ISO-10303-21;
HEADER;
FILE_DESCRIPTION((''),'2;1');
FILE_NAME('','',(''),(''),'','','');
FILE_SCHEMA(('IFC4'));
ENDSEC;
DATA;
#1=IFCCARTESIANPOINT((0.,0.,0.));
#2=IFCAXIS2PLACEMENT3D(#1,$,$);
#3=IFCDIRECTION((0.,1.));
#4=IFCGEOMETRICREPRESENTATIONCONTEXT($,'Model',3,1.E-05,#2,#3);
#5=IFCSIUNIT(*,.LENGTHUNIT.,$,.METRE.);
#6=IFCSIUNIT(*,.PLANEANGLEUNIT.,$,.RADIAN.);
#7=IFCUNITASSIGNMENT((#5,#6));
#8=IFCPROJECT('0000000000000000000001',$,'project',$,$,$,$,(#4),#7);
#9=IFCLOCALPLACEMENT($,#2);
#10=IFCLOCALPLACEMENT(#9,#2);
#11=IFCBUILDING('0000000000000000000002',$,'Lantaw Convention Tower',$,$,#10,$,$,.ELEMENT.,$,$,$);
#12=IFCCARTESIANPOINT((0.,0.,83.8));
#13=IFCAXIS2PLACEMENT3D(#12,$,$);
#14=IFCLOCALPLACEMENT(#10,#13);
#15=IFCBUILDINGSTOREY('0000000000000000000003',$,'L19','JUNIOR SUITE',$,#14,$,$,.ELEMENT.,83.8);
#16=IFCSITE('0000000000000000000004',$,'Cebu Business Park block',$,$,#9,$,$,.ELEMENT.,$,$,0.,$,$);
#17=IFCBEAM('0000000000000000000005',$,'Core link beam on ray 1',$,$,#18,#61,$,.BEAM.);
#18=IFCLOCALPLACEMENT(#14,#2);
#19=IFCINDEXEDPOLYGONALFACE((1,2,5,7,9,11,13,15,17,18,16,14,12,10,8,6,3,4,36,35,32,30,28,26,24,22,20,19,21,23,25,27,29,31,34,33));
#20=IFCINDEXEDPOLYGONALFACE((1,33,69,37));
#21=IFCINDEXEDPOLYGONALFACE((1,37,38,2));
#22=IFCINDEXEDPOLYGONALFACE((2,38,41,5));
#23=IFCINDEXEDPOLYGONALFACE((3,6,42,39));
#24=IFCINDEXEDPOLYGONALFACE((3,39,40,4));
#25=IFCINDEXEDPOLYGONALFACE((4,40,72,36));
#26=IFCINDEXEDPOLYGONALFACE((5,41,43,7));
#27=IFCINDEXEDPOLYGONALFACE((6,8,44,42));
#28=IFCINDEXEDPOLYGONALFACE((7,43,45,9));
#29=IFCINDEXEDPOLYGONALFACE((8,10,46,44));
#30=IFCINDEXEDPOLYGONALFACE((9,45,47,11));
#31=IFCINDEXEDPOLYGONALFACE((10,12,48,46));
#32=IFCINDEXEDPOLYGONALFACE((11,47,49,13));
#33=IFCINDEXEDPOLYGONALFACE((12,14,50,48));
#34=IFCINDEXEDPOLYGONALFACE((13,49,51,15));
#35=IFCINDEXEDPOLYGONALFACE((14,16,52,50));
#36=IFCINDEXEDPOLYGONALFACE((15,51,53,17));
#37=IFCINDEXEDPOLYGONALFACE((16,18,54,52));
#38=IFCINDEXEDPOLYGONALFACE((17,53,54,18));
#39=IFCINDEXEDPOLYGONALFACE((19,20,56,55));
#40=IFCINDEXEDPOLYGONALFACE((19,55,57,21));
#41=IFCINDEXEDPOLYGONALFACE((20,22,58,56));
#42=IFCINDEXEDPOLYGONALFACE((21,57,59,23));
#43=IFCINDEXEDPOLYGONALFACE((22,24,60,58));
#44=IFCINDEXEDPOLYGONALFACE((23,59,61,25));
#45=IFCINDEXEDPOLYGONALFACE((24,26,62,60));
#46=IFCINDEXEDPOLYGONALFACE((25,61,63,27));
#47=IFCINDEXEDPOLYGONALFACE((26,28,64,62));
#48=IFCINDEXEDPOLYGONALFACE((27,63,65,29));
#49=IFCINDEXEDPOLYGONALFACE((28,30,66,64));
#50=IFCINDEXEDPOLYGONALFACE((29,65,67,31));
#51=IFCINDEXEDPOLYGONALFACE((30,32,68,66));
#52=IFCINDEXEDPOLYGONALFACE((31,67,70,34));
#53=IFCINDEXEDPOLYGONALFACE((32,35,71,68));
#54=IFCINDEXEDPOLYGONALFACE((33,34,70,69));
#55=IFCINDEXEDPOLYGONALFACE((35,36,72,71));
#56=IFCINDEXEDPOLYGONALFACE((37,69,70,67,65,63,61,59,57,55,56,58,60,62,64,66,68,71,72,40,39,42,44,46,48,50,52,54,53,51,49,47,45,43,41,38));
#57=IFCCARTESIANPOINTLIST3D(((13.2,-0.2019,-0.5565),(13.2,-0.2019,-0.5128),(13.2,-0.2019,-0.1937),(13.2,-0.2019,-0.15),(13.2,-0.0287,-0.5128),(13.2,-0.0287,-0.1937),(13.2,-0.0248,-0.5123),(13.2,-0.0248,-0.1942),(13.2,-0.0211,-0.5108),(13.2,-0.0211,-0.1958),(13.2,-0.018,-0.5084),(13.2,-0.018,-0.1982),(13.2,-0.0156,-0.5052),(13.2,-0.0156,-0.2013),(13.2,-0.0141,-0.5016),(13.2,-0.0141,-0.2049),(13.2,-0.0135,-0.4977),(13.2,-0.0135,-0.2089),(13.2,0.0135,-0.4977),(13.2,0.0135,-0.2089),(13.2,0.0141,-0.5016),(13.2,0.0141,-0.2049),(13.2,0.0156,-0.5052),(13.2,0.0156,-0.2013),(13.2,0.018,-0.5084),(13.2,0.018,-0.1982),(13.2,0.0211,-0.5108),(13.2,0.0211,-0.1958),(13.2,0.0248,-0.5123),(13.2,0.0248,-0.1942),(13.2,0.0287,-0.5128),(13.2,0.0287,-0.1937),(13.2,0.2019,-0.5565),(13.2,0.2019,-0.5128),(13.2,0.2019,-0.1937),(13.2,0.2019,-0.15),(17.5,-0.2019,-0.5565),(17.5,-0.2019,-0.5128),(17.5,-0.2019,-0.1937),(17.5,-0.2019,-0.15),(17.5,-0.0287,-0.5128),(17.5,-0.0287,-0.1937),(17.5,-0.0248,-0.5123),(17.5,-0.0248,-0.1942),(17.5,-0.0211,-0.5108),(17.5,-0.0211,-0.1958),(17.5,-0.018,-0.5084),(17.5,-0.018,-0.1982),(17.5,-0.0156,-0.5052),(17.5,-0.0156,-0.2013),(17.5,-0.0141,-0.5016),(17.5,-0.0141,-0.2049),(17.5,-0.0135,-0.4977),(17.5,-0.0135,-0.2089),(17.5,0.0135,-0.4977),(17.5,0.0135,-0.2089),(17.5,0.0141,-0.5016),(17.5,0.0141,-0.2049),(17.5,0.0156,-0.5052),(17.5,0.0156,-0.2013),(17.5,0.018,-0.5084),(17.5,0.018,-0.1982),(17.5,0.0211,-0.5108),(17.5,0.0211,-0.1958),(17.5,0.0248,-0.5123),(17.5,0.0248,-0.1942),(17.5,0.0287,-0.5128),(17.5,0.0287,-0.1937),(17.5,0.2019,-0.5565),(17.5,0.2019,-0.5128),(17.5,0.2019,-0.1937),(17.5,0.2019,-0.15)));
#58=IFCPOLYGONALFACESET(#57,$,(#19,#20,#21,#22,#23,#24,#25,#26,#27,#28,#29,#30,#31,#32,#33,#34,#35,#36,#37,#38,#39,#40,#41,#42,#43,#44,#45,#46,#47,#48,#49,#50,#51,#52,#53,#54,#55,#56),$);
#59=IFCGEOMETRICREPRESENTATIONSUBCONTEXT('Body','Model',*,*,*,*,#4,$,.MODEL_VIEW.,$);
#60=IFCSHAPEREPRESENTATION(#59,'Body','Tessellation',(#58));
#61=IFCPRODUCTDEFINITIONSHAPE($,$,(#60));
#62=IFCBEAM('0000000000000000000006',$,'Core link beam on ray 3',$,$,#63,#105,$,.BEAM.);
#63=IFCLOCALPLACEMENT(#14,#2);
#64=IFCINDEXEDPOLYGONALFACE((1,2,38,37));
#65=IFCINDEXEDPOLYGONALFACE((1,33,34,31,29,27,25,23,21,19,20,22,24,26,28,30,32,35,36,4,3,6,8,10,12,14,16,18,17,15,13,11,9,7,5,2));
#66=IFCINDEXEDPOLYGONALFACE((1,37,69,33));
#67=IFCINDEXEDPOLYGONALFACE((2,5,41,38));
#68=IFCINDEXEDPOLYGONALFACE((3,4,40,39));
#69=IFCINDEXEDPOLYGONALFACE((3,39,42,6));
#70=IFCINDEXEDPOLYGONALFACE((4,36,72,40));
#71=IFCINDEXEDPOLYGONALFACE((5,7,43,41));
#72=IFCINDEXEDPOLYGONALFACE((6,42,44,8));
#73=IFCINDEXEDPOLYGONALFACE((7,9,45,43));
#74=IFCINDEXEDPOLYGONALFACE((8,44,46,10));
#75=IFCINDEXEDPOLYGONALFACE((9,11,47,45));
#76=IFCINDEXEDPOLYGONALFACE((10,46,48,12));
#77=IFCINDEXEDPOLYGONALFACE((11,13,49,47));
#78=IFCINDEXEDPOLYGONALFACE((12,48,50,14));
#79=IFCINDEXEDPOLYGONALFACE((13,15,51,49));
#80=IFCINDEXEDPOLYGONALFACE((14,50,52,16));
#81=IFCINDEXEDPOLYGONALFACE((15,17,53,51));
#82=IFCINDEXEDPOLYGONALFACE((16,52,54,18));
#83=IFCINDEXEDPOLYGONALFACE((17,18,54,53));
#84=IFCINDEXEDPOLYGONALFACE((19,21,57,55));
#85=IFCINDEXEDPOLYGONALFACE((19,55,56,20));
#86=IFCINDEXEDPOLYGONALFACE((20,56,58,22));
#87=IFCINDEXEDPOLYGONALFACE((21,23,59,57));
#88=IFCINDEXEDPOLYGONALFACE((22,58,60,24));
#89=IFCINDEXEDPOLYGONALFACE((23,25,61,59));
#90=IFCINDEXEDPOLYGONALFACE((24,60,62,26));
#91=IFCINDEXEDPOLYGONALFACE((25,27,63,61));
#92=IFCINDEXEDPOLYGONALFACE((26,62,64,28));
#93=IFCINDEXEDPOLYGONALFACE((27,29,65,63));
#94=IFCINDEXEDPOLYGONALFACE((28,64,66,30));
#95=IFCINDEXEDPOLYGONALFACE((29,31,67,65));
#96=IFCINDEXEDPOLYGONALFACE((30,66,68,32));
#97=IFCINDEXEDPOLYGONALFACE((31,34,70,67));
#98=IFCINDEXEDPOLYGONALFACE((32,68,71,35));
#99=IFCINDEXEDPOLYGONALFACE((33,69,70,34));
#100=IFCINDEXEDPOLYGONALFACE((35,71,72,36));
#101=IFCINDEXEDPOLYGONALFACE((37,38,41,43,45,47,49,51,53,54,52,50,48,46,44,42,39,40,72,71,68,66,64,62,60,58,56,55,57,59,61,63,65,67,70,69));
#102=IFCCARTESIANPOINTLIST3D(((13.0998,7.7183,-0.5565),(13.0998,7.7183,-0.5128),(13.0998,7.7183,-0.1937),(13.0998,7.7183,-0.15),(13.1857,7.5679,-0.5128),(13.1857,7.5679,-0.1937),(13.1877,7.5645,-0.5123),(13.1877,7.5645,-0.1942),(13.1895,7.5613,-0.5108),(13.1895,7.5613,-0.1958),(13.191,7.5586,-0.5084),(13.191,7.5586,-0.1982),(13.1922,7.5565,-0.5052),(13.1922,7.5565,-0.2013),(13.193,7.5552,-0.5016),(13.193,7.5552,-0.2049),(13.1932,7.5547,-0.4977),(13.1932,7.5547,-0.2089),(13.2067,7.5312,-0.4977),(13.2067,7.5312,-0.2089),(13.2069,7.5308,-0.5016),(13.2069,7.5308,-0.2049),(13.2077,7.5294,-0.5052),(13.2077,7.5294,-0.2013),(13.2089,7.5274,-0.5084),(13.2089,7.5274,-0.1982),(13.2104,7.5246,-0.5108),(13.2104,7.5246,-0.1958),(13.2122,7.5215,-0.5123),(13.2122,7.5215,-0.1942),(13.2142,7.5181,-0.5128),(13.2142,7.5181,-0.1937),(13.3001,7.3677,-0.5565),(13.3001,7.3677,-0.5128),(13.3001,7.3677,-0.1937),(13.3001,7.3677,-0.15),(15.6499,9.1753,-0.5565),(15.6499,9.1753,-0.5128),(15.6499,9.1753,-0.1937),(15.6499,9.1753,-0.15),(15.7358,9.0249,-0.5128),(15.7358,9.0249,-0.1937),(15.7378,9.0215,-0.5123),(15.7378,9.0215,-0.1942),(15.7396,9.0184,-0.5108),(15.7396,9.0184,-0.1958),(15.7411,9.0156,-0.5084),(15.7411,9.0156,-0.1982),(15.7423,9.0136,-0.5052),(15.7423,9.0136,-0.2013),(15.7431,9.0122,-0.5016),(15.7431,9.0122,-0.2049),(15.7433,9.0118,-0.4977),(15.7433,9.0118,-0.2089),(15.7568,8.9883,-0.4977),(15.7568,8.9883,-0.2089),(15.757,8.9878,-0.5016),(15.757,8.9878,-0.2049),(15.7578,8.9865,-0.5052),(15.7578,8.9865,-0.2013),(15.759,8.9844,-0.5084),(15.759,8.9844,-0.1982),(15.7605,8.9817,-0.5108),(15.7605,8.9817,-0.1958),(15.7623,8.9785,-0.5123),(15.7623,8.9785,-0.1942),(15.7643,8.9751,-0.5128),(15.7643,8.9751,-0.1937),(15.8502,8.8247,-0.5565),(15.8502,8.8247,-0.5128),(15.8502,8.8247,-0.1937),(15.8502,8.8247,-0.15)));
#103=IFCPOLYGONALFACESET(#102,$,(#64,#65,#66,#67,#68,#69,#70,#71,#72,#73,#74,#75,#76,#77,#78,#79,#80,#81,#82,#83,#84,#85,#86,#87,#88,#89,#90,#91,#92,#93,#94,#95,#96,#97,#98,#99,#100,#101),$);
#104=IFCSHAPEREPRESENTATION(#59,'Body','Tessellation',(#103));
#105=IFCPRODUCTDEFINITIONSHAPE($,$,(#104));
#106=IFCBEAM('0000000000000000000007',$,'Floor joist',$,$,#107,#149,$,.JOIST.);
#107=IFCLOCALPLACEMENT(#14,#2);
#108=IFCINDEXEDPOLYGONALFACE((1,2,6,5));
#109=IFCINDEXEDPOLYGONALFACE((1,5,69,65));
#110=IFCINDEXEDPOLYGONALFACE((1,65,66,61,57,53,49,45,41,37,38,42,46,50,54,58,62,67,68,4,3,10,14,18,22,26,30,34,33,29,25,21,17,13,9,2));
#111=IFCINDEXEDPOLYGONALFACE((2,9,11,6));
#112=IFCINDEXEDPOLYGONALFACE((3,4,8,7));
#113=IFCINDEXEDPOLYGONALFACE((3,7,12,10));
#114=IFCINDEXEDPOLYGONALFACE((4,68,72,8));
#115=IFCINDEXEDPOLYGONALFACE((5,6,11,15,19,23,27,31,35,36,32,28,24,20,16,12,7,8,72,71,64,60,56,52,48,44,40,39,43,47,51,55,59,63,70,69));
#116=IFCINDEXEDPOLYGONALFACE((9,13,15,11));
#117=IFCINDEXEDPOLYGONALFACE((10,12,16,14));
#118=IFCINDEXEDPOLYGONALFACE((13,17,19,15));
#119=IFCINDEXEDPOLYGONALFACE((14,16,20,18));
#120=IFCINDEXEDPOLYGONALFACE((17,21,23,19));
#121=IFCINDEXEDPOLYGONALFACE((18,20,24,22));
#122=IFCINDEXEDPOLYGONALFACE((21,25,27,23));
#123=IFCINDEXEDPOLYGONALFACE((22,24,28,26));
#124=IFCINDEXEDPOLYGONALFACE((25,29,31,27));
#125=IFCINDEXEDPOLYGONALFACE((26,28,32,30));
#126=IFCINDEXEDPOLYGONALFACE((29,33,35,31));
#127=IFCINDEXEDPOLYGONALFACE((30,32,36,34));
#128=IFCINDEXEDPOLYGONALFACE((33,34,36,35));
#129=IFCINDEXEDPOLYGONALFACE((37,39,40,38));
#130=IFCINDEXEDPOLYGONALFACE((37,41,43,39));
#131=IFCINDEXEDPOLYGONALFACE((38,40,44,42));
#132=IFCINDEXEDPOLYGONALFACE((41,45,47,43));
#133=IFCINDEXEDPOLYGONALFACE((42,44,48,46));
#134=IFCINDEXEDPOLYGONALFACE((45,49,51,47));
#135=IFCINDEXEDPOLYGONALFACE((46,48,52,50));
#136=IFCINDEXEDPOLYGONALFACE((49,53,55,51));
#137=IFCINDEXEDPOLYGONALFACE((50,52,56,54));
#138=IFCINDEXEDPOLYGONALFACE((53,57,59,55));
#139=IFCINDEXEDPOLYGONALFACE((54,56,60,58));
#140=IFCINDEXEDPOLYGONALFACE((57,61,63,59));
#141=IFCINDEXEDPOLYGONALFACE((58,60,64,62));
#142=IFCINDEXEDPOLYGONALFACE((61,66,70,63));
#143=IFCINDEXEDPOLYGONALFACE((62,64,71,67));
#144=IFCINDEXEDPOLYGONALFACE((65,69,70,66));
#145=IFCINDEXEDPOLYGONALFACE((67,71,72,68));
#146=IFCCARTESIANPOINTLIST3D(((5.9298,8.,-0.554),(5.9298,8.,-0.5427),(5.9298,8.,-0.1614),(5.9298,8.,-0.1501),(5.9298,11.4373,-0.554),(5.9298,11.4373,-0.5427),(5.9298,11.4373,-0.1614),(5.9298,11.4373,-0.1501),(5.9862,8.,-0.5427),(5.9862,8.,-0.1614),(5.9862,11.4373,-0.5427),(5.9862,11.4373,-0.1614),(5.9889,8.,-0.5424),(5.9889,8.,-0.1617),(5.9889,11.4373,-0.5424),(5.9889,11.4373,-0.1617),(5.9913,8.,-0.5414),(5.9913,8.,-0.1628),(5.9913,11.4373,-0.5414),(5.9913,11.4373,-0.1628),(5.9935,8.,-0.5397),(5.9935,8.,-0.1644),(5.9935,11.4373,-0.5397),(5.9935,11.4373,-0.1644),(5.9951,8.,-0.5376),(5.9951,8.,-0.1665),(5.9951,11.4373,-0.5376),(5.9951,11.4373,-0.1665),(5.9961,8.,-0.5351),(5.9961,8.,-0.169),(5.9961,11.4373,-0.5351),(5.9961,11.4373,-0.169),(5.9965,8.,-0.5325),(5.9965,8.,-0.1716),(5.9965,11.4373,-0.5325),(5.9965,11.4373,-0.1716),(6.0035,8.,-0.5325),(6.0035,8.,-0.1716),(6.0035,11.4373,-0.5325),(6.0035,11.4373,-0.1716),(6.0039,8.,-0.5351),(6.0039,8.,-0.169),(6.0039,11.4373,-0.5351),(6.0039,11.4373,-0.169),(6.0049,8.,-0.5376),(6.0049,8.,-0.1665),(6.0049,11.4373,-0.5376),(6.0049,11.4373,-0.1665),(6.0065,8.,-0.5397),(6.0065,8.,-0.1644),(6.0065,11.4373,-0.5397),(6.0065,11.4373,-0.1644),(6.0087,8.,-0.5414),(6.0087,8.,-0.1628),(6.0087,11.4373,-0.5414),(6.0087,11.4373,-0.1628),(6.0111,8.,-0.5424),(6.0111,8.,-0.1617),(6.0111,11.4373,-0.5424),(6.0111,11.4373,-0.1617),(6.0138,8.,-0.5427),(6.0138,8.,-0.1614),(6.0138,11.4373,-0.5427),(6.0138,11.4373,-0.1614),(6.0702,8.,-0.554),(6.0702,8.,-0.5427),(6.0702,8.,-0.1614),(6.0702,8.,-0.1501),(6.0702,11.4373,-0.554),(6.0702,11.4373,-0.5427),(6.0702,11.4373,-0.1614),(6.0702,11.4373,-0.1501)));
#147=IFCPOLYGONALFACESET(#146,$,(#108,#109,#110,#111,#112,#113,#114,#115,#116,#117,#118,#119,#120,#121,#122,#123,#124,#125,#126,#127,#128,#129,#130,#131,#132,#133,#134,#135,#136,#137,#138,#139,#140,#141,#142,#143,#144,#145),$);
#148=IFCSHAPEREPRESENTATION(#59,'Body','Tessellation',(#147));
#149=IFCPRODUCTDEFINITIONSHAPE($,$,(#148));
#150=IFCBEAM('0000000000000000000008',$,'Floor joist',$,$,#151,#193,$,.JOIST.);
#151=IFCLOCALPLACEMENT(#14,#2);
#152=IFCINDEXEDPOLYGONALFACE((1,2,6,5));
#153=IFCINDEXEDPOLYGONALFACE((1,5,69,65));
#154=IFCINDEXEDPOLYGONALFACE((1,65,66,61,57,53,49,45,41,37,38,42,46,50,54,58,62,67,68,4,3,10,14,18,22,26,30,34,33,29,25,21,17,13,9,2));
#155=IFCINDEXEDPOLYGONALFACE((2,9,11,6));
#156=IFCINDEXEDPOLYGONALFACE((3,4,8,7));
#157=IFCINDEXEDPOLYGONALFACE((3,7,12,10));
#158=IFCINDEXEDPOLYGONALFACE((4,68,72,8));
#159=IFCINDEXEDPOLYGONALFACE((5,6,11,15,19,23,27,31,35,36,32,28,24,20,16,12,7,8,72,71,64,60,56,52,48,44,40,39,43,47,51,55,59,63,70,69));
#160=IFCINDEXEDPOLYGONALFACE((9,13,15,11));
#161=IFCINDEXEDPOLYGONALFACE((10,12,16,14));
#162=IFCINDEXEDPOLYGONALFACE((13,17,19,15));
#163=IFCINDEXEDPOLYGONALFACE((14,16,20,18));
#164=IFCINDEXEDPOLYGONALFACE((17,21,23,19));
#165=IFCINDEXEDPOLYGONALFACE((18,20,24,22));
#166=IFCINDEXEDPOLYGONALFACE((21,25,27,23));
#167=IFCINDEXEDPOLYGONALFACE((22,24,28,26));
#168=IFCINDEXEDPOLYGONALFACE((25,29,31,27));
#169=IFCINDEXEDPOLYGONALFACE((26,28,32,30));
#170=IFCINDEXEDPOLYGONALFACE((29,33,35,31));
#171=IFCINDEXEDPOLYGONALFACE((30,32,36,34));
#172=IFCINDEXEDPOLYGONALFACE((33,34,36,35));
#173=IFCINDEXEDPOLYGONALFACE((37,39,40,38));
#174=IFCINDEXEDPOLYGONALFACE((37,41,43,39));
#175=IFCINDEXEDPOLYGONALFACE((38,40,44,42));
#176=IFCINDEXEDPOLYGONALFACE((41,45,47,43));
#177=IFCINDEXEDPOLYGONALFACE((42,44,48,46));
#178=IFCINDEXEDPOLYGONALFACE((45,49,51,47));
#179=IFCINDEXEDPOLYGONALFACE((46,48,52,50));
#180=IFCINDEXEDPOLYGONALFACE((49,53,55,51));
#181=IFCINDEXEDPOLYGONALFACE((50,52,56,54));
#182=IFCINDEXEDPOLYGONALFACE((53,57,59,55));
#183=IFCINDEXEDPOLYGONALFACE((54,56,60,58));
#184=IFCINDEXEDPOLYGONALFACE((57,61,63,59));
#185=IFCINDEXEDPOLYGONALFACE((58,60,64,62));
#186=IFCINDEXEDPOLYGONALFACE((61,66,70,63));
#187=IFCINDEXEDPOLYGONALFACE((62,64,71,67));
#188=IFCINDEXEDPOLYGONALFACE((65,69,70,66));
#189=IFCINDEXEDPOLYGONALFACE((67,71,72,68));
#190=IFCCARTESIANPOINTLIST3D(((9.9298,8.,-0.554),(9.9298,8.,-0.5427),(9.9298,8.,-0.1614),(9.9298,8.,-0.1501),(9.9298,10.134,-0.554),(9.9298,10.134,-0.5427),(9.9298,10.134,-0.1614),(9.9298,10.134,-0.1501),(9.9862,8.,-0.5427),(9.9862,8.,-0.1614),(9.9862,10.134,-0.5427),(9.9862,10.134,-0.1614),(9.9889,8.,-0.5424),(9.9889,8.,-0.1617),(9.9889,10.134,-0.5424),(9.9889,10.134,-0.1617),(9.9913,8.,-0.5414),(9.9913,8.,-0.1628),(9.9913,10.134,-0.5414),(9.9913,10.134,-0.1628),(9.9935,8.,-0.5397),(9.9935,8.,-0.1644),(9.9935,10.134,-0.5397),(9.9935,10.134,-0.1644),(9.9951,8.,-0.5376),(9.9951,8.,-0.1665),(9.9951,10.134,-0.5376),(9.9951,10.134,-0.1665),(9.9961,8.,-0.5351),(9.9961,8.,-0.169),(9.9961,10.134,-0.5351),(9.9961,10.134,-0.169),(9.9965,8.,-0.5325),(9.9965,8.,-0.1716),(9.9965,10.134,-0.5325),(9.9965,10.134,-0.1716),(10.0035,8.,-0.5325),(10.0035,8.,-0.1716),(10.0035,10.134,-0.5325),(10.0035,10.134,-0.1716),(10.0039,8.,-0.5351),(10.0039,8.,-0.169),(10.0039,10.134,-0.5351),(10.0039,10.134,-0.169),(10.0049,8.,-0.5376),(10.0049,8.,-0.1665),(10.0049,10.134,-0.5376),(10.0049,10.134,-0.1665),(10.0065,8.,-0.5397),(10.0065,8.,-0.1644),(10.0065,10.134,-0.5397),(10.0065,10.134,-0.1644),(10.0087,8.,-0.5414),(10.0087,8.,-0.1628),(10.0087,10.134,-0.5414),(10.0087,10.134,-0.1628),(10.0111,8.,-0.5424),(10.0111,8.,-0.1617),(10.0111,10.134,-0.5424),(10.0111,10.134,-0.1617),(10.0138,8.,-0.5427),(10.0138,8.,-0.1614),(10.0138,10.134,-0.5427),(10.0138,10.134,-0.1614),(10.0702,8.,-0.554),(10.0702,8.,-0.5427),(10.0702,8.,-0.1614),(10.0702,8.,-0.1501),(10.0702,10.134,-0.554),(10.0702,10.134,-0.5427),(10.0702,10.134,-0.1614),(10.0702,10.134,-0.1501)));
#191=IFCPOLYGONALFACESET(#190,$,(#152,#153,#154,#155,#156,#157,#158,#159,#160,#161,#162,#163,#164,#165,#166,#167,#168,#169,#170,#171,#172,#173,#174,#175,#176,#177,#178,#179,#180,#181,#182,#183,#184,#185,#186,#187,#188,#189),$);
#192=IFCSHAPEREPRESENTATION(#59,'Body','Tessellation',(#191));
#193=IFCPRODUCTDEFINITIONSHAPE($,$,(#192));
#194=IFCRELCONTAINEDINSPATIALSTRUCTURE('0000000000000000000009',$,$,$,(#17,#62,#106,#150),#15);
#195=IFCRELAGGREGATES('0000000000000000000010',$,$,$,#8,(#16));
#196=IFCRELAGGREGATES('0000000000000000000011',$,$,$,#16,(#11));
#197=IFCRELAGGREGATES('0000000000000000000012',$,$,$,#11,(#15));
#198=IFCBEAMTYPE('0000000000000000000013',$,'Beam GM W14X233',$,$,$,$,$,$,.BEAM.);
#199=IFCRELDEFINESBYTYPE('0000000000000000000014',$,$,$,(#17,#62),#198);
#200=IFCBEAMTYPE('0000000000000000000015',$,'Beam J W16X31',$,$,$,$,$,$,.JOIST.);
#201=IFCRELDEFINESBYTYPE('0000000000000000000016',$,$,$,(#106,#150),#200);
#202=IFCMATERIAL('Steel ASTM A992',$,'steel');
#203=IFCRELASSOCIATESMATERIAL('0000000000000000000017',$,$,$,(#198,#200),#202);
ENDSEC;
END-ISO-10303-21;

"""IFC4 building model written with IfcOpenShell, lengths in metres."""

from ifc_helpers import new_model, si_unit, direction, frame, origin, origin_2d, place, context, subcontext, project, spatial, i_section, extrude, material, material_profile, profile_set, type_object, element, save


model = new_model("IFC4")

# Units and contexts
model_context = context("Model", 3, precision=1e-05, world=origin(), true_north=direction((0.0, 1.0)))
body_context = subcontext(model_context, "Body", "Model", "MODEL_VIEW")
ifc_project = project(units=[si_unit("LENGTHUNIT", "METRE"), si_unit("PLANEANGLEUNIT", "RADIAN")], contexts=[model_context])

# Site, building, storey
site_placement = place(None, origin())
site = spatial("IfcSite", under=ifc_project, at=site_placement, Name="Cebu Business Park block", CompositionType="ELEMENT", RefElevation=0.0)
building_placement = place(site_placement, origin())
building = spatial("IfcBuilding", under=site, at=building_placement, Name="Lantaw Convention Tower", CompositionType="ELEMENT")
storey_placement = place(building_placement, frame((0.0, 0.0, 83.8)))
storey = spatial("IfcBuildingStorey", under=building, at=storey_placement, Name="L19", Description="JUNIOR SUITE", CompositionType="ELEMENT", Elevation=83.8)

# Beams
ifc_material_1 = material(Name="Steel ASTM A992", Category="steel")
ifc_material_profile_1 = material_profile(ifc_material_1, i_section(OverallWidth=0.4038, OverallDepth=0.4065, WebThickness=0.0271, FlangeThickness=0.0437, FilletRadius=0.0151, at=origin_2d()), Name="W14X233")
ifc_profile_set_1 = profile_set([ifc_material_profile_1], Name="Steel ASTM A992")
beam_type_1 = type_object("IfcBeamType", Name="Beam GM W14X233", PredefinedType="BEAM", material=ifc_profile_set_1)
beam_1_placement = place(storey_placement, frame((13.2, 0.0, -0.3533), z_axis=(1.0, 0.0, 0.0), x_axis=(0.0, 1.0, 0.0)))
element("IfcBeam", 1, at=beam_1_placement, inside=storey, type_object=beam_type_1, Name="Core link beam on ray 1", PredefinedType="BEAM", context=body_context, shape_type="SweptSolid", body=[
    extrude(i_section(OverallWidth=0.4038, OverallDepth=0.4065, WebThickness=0.0271, FlangeThickness=0.0437, FilletRadius=0.0151, at=origin_2d()), origin(), (0.0, 0.0, 1.0), 4.3),
])
beam_2_placement = place(storey_placement, frame((13.2, 7.543, -0.3533), z_axis=(0.868264, 0.496103, 0.0), x_axis=(-0.496103, 0.868264, 0.0)))
element("IfcBeam", 2, at=beam_2_placement, inside=storey, type_object=beam_type_1, Name="Core link beam on ray 3", PredefinedType="BEAM", context=body_context, shape_type="SweptSolid", body=[
    extrude(i_section(OverallWidth=0.4038, OverallDepth=0.4065, WebThickness=0.0271, FlangeThickness=0.0437, FilletRadius=0.0151, at=origin_2d()), origin(), (0.0, 0.0, 1.0), 2.937),
])
ifc_material_profile_2 = material_profile(ifc_material_1, i_section(OverallWidth=0.1404, OverallDepth=0.4038, WebThickness=0.0071, FlangeThickness=0.0112, FilletRadius=0.0103, at=origin_2d()), Name="W16X31")
ifc_profile_set_2 = profile_set([ifc_material_profile_2], Name="Steel ASTM A992")
beam_type_2 = type_object("IfcBeamType", Name="Beam J W16X31", PredefinedType="JOIST", material=ifc_profile_set_2)
beam_3_placement = place(storey_placement, frame((6.0, 8.0, -0.3521), z_axis=(0.0, 1.0, 0.0), x_axis=(-1.0, 0.0, 0.0)))
element("IfcBeam", 3, at=beam_3_placement, inside=storey, type_object=beam_type_2, Name="Floor joist", PredefinedType="JOIST", context=body_context, shape_type="SweptSolid", body=[
    extrude(i_section(OverallWidth=0.1404, OverallDepth=0.4038, WebThickness=0.0071, FlangeThickness=0.0112, FilletRadius=0.0103, at=origin_2d()), origin(), (0.0, 0.0, 1.0), 3.4373),
])
beam_4_placement = place(storey_placement, frame((10.0, 8.0, -0.3521), z_axis=(0.0, 1.0, 0.0), x_axis=(-1.0, 0.0, 0.0)))
element("IfcBeam", 4, at=beam_4_placement, inside=storey, type_object=beam_type_2, Name="Floor joist", PredefinedType="JOIST", context=body_context, shape_type="SweptSolid", body=[
    extrude(i_section(OverallWidth=0.1404, OverallDepth=0.4038, WebThickness=0.0071, FlangeThickness=0.0112, FilletRadius=0.0103, at=origin_2d()), origin(), (0.0, 0.0, 1.0), 2.134),
])

save(model, "model.ifc")
